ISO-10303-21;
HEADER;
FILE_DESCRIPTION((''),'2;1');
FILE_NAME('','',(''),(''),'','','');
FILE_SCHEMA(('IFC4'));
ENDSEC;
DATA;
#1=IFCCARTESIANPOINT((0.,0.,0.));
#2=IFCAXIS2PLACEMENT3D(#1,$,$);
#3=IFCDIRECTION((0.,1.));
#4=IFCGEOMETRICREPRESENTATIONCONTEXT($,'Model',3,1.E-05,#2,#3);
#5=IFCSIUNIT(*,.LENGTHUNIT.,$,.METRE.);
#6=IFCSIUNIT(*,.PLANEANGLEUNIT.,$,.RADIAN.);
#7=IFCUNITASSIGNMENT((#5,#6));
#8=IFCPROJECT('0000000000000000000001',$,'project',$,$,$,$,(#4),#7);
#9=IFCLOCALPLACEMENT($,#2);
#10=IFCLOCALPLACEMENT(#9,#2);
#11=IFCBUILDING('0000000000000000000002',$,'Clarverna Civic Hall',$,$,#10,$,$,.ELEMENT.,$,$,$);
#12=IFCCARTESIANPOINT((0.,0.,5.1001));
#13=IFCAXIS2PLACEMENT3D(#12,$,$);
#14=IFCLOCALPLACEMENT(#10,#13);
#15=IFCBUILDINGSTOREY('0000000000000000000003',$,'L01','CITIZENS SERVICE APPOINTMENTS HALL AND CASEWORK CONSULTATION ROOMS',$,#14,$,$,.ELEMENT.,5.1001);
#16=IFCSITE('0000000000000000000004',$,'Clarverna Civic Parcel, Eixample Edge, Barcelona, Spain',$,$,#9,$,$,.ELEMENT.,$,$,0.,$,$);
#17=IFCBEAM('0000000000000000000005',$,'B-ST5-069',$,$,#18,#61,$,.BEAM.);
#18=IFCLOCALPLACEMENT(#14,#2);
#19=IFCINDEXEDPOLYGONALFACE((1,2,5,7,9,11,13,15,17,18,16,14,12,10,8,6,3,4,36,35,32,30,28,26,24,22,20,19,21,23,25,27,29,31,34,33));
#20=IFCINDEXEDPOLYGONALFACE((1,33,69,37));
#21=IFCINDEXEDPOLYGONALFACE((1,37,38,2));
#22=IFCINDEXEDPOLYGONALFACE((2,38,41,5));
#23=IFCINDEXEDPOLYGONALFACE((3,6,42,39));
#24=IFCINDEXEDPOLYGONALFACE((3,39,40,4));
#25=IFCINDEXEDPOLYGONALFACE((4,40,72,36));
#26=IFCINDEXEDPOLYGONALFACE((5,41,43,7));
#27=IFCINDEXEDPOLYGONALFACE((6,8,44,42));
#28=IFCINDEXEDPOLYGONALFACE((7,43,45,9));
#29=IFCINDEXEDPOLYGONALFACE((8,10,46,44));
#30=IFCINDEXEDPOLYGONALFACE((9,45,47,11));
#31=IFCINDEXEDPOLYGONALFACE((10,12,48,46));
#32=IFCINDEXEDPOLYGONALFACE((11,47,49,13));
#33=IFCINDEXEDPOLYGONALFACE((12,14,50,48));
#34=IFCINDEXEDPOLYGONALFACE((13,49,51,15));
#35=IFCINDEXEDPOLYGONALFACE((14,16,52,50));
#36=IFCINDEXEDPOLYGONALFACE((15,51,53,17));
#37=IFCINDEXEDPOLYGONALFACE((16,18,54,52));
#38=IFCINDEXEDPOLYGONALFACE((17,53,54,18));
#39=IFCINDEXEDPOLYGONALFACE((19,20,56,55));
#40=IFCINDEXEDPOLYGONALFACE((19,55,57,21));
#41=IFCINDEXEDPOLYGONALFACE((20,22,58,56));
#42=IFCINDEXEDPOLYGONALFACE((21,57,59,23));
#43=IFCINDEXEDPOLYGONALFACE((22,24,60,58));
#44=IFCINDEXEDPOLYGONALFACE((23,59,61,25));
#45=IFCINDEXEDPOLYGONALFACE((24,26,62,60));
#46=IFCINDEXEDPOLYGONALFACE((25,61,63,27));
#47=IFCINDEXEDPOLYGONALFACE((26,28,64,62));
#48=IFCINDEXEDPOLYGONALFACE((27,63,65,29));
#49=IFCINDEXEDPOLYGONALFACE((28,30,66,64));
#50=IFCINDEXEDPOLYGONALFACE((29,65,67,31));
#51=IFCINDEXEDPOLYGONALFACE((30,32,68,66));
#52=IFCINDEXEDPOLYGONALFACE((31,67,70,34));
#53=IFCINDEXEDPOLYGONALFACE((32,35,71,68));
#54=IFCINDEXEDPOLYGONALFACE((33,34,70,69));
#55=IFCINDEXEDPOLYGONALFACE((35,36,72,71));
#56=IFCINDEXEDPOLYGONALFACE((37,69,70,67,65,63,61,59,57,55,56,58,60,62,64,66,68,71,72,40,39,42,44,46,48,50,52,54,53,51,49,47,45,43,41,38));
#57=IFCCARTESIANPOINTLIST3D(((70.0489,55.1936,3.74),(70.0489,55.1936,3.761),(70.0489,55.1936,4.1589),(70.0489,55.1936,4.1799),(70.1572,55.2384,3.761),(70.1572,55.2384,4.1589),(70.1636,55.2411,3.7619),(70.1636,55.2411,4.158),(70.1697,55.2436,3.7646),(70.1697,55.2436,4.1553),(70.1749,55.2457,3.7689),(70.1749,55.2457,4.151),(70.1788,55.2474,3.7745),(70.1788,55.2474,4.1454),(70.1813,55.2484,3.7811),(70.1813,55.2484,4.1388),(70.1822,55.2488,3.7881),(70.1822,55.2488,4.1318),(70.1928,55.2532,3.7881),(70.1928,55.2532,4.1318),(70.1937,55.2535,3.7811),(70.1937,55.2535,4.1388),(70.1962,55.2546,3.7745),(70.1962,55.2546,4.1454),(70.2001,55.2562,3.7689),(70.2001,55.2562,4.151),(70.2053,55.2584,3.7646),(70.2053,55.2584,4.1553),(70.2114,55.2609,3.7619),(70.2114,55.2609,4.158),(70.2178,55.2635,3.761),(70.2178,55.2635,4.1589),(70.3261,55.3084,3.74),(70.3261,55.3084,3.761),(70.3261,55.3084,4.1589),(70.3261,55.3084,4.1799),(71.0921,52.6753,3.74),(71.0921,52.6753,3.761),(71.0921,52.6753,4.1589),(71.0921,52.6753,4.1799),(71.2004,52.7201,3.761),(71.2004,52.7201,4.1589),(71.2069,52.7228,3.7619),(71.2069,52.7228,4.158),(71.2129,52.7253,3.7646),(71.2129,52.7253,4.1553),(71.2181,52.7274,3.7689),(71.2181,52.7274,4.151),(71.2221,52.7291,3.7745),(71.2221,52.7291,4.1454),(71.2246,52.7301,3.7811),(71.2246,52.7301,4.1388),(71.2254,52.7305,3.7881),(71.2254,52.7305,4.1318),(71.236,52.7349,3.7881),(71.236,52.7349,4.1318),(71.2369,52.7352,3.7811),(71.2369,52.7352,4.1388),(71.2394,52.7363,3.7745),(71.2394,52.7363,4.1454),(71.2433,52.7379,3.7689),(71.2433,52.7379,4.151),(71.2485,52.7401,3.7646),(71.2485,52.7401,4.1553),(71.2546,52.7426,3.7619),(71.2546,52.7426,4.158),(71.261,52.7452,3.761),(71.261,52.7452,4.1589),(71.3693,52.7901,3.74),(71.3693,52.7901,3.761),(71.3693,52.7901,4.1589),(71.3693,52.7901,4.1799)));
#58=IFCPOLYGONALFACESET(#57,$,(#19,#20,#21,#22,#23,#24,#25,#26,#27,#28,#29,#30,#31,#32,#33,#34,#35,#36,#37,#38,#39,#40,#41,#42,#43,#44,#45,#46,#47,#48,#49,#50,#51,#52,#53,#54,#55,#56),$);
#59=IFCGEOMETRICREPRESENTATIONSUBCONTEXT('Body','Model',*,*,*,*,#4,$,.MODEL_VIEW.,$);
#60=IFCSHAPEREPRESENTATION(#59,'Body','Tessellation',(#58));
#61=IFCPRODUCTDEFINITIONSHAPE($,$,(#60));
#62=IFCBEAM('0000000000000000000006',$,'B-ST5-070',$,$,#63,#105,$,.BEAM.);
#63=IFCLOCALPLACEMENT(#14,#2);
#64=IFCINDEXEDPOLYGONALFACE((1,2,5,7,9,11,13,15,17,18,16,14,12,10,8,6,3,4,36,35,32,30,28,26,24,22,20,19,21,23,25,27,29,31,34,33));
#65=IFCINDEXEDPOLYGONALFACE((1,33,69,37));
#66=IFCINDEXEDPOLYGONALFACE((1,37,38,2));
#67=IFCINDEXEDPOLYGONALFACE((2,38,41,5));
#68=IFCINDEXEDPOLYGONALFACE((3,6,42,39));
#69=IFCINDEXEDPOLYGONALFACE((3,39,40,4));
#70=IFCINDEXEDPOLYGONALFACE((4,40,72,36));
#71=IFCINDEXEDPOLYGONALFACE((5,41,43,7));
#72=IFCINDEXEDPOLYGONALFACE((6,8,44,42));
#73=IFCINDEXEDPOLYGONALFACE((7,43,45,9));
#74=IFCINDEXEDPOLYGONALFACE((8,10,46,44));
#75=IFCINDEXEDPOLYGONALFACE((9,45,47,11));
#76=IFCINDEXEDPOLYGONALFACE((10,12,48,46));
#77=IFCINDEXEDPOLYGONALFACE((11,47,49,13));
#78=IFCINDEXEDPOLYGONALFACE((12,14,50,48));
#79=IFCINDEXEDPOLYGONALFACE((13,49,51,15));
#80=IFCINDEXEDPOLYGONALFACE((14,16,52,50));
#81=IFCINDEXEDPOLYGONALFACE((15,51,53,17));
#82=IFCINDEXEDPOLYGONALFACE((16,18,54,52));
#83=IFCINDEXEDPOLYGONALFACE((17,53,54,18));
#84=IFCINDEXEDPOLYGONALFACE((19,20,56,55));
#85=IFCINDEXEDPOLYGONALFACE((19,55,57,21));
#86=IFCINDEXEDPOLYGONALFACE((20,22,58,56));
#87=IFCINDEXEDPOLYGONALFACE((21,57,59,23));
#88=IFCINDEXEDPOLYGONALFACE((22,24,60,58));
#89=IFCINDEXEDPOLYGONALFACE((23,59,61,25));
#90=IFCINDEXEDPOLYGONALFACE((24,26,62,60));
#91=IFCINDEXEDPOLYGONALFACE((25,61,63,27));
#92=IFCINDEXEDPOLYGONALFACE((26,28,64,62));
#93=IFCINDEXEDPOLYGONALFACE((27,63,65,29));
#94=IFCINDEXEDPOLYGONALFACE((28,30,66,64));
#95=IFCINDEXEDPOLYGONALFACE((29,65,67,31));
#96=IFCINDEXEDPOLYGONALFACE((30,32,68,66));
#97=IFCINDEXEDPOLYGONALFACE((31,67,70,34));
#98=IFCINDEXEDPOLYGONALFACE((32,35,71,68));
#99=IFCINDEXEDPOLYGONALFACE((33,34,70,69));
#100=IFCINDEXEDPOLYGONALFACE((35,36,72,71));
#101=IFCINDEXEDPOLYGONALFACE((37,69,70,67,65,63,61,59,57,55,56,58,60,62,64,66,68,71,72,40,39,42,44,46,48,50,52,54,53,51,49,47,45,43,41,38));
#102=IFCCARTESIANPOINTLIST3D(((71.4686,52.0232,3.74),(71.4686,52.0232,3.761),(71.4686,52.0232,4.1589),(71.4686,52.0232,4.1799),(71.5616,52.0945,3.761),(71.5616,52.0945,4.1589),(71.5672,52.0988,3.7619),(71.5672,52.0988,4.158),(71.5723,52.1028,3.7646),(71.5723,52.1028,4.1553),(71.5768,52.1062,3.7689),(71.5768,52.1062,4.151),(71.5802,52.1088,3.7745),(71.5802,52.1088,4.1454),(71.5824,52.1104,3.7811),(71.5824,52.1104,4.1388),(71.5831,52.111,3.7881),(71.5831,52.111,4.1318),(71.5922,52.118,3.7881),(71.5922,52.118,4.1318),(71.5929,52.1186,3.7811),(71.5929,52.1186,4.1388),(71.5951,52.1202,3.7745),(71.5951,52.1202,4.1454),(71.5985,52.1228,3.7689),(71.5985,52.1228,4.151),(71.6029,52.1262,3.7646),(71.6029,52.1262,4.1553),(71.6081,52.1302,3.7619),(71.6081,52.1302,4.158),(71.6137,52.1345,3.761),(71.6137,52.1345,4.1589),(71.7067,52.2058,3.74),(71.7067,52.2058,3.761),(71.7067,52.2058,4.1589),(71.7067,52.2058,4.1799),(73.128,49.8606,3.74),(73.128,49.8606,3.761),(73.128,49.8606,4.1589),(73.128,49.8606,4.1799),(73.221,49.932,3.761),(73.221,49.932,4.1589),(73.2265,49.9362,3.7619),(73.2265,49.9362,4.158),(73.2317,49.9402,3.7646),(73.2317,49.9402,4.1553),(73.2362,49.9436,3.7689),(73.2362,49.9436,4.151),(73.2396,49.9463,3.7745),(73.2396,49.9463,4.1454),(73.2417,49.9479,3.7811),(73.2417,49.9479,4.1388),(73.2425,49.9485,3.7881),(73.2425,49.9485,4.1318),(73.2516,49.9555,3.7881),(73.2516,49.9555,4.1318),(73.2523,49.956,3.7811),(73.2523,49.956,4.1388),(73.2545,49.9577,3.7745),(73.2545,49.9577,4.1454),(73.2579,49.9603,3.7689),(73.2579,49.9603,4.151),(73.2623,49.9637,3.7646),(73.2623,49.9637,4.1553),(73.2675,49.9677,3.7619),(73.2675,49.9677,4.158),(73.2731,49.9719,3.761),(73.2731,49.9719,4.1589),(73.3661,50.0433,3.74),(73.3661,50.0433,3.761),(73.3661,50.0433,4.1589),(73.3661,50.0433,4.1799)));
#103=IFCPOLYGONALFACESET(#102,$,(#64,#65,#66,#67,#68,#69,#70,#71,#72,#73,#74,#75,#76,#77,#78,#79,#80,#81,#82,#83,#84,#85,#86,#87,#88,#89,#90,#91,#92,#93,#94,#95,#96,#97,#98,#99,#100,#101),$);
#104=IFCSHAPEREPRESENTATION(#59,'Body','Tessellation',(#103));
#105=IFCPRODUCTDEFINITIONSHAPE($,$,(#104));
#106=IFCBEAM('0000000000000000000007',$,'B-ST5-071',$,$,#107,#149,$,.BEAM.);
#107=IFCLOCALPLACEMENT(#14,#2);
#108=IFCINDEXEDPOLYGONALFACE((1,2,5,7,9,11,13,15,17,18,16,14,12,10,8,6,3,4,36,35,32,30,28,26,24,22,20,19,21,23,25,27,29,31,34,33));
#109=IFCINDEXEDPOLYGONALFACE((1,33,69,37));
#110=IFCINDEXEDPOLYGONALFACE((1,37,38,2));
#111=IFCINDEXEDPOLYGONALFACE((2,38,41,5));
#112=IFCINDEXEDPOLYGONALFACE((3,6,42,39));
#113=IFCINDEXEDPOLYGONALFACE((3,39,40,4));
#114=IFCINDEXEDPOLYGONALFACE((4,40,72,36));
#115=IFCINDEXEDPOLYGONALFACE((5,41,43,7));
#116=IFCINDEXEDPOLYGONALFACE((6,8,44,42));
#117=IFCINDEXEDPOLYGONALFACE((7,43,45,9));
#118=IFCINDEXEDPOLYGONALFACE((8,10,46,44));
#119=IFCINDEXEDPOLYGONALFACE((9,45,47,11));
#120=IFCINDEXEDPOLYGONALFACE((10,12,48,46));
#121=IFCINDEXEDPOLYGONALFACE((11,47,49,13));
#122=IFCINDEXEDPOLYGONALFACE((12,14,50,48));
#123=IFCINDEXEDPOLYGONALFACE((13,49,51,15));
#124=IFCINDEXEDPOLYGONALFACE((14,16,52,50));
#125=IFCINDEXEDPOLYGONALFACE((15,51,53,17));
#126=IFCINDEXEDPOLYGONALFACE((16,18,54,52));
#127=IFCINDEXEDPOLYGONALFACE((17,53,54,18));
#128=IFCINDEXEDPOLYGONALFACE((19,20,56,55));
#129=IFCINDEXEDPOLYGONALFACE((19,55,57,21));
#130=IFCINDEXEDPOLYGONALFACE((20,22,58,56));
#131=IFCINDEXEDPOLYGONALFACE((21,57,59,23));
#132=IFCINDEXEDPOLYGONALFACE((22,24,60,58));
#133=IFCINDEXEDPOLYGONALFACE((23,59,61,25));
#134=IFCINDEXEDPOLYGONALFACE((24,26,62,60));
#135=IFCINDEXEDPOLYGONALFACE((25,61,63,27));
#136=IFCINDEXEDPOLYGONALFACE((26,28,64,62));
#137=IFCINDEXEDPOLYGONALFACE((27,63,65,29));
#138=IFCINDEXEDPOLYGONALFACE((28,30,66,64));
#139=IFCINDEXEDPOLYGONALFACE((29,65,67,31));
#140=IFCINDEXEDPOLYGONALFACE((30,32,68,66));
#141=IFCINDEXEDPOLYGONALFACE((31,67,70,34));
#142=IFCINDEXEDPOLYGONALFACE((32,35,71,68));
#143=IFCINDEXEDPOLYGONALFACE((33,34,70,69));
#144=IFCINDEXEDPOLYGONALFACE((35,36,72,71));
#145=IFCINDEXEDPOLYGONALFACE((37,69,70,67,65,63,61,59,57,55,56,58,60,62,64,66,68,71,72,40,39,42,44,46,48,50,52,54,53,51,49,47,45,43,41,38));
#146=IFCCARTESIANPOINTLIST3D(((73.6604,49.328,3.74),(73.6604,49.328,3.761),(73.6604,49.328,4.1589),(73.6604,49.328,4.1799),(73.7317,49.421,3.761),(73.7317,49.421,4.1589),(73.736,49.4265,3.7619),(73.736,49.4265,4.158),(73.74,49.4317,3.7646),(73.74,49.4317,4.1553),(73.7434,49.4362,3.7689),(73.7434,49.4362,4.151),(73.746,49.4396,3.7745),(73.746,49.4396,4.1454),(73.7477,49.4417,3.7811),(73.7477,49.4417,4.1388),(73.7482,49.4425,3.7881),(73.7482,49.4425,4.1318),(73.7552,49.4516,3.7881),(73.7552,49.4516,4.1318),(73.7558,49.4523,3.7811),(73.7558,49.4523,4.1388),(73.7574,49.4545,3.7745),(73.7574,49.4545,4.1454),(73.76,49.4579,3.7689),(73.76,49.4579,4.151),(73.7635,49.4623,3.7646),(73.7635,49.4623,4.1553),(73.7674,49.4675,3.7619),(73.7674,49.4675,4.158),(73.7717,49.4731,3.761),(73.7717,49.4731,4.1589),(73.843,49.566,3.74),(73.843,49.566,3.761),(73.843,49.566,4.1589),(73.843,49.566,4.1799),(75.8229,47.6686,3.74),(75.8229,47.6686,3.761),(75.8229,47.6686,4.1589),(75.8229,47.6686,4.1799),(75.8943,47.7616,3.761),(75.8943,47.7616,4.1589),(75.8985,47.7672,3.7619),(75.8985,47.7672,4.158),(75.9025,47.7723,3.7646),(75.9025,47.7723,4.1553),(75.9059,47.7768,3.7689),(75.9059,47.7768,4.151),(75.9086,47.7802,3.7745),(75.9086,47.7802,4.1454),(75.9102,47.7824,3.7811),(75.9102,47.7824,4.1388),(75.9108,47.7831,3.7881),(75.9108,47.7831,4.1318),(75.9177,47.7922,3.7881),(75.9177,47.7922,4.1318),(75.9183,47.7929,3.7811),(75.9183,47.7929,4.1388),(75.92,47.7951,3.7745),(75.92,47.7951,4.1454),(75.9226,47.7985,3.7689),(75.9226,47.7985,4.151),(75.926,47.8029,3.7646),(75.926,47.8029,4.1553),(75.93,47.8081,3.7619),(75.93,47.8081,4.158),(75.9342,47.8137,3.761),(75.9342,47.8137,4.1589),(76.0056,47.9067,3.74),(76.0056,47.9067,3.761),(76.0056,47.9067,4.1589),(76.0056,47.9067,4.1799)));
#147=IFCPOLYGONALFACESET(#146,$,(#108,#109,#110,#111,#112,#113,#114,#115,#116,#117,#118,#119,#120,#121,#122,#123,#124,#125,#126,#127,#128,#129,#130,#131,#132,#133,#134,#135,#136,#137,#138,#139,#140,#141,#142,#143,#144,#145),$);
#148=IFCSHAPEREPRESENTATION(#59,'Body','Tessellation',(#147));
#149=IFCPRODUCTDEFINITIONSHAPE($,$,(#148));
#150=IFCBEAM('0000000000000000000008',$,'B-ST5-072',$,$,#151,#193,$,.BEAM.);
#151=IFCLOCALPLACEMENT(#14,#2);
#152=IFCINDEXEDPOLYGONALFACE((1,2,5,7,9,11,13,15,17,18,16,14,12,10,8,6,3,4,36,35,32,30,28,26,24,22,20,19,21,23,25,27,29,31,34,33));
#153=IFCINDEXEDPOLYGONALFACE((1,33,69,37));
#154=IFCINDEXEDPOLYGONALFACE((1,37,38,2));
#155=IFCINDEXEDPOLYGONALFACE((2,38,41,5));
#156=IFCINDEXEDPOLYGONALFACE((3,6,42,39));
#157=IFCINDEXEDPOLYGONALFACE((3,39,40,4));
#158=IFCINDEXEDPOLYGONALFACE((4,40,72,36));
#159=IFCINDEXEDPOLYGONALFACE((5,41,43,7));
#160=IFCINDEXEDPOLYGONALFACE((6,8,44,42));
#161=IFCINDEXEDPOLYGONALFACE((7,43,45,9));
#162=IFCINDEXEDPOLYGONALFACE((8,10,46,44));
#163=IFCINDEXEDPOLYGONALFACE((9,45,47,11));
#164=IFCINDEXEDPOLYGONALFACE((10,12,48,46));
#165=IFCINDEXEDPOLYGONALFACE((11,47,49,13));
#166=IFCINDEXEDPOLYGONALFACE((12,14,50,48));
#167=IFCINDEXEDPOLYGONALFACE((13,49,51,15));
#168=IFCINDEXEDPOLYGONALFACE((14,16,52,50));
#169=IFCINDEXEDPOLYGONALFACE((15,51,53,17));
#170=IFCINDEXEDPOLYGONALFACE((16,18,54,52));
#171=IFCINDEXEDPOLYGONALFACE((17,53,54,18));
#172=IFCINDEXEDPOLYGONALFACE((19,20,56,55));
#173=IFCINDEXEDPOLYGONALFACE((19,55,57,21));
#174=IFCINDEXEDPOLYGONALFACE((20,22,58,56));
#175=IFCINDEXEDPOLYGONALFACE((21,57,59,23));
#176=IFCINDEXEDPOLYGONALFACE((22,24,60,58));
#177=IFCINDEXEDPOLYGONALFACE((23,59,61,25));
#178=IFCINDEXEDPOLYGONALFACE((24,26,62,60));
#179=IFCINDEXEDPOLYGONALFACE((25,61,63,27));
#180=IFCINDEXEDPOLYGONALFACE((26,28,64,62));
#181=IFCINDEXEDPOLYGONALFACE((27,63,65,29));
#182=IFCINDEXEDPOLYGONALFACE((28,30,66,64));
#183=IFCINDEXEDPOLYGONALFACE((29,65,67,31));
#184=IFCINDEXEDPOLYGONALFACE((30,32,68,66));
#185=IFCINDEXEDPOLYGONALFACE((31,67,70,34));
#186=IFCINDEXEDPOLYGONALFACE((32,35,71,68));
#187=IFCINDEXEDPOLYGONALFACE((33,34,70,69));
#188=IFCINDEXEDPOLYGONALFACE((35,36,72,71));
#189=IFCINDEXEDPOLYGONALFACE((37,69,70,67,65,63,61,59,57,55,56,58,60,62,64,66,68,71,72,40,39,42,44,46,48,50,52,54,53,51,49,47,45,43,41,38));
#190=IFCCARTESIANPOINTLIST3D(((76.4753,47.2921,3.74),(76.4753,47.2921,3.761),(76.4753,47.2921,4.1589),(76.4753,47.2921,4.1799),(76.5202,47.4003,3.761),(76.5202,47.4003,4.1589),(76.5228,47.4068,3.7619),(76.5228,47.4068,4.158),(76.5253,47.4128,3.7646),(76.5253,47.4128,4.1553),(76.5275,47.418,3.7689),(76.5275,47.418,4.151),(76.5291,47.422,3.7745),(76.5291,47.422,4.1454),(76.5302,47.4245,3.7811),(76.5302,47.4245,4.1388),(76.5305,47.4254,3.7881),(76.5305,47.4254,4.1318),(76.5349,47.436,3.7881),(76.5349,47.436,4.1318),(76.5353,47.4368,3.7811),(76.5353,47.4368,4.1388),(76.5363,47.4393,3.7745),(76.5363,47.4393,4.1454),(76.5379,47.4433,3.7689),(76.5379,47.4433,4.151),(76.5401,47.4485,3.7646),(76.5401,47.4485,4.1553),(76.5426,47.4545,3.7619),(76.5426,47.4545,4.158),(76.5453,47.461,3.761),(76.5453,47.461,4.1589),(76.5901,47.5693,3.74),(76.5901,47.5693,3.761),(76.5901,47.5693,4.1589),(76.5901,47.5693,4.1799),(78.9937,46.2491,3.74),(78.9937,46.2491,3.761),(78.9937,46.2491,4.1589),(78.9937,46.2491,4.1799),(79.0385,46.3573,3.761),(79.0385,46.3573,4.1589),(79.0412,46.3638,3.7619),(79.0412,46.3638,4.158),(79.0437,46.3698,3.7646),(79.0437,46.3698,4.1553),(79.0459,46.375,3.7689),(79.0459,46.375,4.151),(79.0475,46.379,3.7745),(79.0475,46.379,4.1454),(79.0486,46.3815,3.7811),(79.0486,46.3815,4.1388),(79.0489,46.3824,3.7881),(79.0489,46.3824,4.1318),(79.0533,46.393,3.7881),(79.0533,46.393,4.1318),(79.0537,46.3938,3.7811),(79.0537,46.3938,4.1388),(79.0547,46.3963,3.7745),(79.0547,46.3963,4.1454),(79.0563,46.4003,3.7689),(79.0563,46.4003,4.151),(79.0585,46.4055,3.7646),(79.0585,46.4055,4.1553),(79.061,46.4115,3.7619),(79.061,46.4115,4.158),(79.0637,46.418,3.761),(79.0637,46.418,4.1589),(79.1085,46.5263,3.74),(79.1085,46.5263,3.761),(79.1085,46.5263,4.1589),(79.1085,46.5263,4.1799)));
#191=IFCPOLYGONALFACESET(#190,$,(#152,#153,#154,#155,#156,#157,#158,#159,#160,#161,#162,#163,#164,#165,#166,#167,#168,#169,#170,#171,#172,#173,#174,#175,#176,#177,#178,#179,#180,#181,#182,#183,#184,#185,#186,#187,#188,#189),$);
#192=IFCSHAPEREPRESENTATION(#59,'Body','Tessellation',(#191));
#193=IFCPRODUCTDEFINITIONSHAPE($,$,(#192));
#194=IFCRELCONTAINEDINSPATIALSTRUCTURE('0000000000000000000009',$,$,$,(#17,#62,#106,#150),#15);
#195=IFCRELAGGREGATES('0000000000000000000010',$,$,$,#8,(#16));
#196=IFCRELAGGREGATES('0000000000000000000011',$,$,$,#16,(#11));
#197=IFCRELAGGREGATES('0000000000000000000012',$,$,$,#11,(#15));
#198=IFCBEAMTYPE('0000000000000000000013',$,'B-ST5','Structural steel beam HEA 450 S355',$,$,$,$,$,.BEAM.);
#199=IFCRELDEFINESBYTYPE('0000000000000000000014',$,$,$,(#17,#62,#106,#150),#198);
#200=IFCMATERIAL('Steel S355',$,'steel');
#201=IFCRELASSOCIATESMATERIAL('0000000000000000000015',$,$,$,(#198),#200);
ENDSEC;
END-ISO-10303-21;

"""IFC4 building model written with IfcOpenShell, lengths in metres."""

from ifc_helpers import new_model, si_unit, direction, frame, origin, origin_2d, place, context, subcontext, project, spatial, i_section, extrude, material, material_profile, profile_set, type_object, element, save


model = new_model("IFC4")

# Units and contexts
model_context = context("Model", 3, precision=1e-05, world=origin(), true_north=direction((0.0, 1.0)))
body_context = subcontext(model_context, "Body", "Model", "MODEL_VIEW")
ifc_project = project(units=[si_unit("LENGTHUNIT", "METRE"), si_unit("PLANEANGLEUNIT", "RADIAN")], contexts=[model_context])

# Site, building, storey
site_placement = place(None, origin())
site = spatial("IfcSite", under=ifc_project, at=site_placement, Name="Clarverna Civic Parcel, Eixample Edge, Barcelona, Spain", CompositionType="ELEMENT", RefElevation=0.0)
building_placement = place(site_placement, origin())
building = spatial("IfcBuilding", under=site, at=building_placement, Name="Clarverna Civic Hall", CompositionType="ELEMENT")
storey_placement = place(building_placement, frame((0.0, 0.0, 5.1001)))
storey = spatial("IfcBuildingStorey", under=building, at=storey_placement, Name="L01", Description="CITIZENS SERVICE APPOINTMENTS HALL AND CASEWORK CONSULTATION ROOMS", CompositionType="ELEMENT", Elevation=5.1001)

# Beams
ifc_material_1 = material(Name="Steel S355", Category="steel")
ifc_material_profile_1 = material_profile(ifc_material_1, i_section(OverallWidth=0.3, OverallDepth=0.4399, WebThickness=0.0115, FlangeThickness=0.021, FilletRadius=0.0271, at=origin_2d()), Name="HEA 450")
ifc_profile_set_1 = profile_set([ifc_material_profile_1], Name="Steel S355")
beam_type_1 = type_object("IfcBeamType", Name="B-ST5", Description="Structural steel beam HEA 450 S355", PredefinedType="BEAM", material=ifc_profile_set_1)
for number, where, z_axis, x_axis, name in (
    (1, (70.1875, 55.251, 3.96), (0.382713, -0.923867, 0.0), (0.923867, 0.382713, 0.0), "B-ST5-069"),
    (2, (71.5876, 52.1145, 3.96), (0.608762, -0.793353, 0.0), (0.793353, 0.608762, 0.0), "B-ST5-070"),
    (3, (73.7517, 49.447, 3.96), (0.793353, -0.608762, 0.0), (0.608762, 0.793353, 0.0), "B-ST5-071"),
    (4, (76.5327, 47.4307, 3.96), (0.923899, -0.382637, 0.0), (0.382637, 0.923899, 0.0), "B-ST5-072"),
):
    element("IfcBeam", number, at=place(storey_placement, frame(where, z_axis=z_axis, x_axis=x_axis)), inside=storey, type_object=beam_type_1, Name=name, PredefinedType="BEAM", context=body_context, shape_type="SweptSolid", body=[
        extrude(i_section(OverallWidth=0.3, OverallDepth=0.4399, WebThickness=0.0115, FlangeThickness=0.021, FilletRadius=0.0271, at=origin_2d()), origin(), (0.0, 0.0, 1.0), 2.7258),
    ])

save(model, "model.ifc")
